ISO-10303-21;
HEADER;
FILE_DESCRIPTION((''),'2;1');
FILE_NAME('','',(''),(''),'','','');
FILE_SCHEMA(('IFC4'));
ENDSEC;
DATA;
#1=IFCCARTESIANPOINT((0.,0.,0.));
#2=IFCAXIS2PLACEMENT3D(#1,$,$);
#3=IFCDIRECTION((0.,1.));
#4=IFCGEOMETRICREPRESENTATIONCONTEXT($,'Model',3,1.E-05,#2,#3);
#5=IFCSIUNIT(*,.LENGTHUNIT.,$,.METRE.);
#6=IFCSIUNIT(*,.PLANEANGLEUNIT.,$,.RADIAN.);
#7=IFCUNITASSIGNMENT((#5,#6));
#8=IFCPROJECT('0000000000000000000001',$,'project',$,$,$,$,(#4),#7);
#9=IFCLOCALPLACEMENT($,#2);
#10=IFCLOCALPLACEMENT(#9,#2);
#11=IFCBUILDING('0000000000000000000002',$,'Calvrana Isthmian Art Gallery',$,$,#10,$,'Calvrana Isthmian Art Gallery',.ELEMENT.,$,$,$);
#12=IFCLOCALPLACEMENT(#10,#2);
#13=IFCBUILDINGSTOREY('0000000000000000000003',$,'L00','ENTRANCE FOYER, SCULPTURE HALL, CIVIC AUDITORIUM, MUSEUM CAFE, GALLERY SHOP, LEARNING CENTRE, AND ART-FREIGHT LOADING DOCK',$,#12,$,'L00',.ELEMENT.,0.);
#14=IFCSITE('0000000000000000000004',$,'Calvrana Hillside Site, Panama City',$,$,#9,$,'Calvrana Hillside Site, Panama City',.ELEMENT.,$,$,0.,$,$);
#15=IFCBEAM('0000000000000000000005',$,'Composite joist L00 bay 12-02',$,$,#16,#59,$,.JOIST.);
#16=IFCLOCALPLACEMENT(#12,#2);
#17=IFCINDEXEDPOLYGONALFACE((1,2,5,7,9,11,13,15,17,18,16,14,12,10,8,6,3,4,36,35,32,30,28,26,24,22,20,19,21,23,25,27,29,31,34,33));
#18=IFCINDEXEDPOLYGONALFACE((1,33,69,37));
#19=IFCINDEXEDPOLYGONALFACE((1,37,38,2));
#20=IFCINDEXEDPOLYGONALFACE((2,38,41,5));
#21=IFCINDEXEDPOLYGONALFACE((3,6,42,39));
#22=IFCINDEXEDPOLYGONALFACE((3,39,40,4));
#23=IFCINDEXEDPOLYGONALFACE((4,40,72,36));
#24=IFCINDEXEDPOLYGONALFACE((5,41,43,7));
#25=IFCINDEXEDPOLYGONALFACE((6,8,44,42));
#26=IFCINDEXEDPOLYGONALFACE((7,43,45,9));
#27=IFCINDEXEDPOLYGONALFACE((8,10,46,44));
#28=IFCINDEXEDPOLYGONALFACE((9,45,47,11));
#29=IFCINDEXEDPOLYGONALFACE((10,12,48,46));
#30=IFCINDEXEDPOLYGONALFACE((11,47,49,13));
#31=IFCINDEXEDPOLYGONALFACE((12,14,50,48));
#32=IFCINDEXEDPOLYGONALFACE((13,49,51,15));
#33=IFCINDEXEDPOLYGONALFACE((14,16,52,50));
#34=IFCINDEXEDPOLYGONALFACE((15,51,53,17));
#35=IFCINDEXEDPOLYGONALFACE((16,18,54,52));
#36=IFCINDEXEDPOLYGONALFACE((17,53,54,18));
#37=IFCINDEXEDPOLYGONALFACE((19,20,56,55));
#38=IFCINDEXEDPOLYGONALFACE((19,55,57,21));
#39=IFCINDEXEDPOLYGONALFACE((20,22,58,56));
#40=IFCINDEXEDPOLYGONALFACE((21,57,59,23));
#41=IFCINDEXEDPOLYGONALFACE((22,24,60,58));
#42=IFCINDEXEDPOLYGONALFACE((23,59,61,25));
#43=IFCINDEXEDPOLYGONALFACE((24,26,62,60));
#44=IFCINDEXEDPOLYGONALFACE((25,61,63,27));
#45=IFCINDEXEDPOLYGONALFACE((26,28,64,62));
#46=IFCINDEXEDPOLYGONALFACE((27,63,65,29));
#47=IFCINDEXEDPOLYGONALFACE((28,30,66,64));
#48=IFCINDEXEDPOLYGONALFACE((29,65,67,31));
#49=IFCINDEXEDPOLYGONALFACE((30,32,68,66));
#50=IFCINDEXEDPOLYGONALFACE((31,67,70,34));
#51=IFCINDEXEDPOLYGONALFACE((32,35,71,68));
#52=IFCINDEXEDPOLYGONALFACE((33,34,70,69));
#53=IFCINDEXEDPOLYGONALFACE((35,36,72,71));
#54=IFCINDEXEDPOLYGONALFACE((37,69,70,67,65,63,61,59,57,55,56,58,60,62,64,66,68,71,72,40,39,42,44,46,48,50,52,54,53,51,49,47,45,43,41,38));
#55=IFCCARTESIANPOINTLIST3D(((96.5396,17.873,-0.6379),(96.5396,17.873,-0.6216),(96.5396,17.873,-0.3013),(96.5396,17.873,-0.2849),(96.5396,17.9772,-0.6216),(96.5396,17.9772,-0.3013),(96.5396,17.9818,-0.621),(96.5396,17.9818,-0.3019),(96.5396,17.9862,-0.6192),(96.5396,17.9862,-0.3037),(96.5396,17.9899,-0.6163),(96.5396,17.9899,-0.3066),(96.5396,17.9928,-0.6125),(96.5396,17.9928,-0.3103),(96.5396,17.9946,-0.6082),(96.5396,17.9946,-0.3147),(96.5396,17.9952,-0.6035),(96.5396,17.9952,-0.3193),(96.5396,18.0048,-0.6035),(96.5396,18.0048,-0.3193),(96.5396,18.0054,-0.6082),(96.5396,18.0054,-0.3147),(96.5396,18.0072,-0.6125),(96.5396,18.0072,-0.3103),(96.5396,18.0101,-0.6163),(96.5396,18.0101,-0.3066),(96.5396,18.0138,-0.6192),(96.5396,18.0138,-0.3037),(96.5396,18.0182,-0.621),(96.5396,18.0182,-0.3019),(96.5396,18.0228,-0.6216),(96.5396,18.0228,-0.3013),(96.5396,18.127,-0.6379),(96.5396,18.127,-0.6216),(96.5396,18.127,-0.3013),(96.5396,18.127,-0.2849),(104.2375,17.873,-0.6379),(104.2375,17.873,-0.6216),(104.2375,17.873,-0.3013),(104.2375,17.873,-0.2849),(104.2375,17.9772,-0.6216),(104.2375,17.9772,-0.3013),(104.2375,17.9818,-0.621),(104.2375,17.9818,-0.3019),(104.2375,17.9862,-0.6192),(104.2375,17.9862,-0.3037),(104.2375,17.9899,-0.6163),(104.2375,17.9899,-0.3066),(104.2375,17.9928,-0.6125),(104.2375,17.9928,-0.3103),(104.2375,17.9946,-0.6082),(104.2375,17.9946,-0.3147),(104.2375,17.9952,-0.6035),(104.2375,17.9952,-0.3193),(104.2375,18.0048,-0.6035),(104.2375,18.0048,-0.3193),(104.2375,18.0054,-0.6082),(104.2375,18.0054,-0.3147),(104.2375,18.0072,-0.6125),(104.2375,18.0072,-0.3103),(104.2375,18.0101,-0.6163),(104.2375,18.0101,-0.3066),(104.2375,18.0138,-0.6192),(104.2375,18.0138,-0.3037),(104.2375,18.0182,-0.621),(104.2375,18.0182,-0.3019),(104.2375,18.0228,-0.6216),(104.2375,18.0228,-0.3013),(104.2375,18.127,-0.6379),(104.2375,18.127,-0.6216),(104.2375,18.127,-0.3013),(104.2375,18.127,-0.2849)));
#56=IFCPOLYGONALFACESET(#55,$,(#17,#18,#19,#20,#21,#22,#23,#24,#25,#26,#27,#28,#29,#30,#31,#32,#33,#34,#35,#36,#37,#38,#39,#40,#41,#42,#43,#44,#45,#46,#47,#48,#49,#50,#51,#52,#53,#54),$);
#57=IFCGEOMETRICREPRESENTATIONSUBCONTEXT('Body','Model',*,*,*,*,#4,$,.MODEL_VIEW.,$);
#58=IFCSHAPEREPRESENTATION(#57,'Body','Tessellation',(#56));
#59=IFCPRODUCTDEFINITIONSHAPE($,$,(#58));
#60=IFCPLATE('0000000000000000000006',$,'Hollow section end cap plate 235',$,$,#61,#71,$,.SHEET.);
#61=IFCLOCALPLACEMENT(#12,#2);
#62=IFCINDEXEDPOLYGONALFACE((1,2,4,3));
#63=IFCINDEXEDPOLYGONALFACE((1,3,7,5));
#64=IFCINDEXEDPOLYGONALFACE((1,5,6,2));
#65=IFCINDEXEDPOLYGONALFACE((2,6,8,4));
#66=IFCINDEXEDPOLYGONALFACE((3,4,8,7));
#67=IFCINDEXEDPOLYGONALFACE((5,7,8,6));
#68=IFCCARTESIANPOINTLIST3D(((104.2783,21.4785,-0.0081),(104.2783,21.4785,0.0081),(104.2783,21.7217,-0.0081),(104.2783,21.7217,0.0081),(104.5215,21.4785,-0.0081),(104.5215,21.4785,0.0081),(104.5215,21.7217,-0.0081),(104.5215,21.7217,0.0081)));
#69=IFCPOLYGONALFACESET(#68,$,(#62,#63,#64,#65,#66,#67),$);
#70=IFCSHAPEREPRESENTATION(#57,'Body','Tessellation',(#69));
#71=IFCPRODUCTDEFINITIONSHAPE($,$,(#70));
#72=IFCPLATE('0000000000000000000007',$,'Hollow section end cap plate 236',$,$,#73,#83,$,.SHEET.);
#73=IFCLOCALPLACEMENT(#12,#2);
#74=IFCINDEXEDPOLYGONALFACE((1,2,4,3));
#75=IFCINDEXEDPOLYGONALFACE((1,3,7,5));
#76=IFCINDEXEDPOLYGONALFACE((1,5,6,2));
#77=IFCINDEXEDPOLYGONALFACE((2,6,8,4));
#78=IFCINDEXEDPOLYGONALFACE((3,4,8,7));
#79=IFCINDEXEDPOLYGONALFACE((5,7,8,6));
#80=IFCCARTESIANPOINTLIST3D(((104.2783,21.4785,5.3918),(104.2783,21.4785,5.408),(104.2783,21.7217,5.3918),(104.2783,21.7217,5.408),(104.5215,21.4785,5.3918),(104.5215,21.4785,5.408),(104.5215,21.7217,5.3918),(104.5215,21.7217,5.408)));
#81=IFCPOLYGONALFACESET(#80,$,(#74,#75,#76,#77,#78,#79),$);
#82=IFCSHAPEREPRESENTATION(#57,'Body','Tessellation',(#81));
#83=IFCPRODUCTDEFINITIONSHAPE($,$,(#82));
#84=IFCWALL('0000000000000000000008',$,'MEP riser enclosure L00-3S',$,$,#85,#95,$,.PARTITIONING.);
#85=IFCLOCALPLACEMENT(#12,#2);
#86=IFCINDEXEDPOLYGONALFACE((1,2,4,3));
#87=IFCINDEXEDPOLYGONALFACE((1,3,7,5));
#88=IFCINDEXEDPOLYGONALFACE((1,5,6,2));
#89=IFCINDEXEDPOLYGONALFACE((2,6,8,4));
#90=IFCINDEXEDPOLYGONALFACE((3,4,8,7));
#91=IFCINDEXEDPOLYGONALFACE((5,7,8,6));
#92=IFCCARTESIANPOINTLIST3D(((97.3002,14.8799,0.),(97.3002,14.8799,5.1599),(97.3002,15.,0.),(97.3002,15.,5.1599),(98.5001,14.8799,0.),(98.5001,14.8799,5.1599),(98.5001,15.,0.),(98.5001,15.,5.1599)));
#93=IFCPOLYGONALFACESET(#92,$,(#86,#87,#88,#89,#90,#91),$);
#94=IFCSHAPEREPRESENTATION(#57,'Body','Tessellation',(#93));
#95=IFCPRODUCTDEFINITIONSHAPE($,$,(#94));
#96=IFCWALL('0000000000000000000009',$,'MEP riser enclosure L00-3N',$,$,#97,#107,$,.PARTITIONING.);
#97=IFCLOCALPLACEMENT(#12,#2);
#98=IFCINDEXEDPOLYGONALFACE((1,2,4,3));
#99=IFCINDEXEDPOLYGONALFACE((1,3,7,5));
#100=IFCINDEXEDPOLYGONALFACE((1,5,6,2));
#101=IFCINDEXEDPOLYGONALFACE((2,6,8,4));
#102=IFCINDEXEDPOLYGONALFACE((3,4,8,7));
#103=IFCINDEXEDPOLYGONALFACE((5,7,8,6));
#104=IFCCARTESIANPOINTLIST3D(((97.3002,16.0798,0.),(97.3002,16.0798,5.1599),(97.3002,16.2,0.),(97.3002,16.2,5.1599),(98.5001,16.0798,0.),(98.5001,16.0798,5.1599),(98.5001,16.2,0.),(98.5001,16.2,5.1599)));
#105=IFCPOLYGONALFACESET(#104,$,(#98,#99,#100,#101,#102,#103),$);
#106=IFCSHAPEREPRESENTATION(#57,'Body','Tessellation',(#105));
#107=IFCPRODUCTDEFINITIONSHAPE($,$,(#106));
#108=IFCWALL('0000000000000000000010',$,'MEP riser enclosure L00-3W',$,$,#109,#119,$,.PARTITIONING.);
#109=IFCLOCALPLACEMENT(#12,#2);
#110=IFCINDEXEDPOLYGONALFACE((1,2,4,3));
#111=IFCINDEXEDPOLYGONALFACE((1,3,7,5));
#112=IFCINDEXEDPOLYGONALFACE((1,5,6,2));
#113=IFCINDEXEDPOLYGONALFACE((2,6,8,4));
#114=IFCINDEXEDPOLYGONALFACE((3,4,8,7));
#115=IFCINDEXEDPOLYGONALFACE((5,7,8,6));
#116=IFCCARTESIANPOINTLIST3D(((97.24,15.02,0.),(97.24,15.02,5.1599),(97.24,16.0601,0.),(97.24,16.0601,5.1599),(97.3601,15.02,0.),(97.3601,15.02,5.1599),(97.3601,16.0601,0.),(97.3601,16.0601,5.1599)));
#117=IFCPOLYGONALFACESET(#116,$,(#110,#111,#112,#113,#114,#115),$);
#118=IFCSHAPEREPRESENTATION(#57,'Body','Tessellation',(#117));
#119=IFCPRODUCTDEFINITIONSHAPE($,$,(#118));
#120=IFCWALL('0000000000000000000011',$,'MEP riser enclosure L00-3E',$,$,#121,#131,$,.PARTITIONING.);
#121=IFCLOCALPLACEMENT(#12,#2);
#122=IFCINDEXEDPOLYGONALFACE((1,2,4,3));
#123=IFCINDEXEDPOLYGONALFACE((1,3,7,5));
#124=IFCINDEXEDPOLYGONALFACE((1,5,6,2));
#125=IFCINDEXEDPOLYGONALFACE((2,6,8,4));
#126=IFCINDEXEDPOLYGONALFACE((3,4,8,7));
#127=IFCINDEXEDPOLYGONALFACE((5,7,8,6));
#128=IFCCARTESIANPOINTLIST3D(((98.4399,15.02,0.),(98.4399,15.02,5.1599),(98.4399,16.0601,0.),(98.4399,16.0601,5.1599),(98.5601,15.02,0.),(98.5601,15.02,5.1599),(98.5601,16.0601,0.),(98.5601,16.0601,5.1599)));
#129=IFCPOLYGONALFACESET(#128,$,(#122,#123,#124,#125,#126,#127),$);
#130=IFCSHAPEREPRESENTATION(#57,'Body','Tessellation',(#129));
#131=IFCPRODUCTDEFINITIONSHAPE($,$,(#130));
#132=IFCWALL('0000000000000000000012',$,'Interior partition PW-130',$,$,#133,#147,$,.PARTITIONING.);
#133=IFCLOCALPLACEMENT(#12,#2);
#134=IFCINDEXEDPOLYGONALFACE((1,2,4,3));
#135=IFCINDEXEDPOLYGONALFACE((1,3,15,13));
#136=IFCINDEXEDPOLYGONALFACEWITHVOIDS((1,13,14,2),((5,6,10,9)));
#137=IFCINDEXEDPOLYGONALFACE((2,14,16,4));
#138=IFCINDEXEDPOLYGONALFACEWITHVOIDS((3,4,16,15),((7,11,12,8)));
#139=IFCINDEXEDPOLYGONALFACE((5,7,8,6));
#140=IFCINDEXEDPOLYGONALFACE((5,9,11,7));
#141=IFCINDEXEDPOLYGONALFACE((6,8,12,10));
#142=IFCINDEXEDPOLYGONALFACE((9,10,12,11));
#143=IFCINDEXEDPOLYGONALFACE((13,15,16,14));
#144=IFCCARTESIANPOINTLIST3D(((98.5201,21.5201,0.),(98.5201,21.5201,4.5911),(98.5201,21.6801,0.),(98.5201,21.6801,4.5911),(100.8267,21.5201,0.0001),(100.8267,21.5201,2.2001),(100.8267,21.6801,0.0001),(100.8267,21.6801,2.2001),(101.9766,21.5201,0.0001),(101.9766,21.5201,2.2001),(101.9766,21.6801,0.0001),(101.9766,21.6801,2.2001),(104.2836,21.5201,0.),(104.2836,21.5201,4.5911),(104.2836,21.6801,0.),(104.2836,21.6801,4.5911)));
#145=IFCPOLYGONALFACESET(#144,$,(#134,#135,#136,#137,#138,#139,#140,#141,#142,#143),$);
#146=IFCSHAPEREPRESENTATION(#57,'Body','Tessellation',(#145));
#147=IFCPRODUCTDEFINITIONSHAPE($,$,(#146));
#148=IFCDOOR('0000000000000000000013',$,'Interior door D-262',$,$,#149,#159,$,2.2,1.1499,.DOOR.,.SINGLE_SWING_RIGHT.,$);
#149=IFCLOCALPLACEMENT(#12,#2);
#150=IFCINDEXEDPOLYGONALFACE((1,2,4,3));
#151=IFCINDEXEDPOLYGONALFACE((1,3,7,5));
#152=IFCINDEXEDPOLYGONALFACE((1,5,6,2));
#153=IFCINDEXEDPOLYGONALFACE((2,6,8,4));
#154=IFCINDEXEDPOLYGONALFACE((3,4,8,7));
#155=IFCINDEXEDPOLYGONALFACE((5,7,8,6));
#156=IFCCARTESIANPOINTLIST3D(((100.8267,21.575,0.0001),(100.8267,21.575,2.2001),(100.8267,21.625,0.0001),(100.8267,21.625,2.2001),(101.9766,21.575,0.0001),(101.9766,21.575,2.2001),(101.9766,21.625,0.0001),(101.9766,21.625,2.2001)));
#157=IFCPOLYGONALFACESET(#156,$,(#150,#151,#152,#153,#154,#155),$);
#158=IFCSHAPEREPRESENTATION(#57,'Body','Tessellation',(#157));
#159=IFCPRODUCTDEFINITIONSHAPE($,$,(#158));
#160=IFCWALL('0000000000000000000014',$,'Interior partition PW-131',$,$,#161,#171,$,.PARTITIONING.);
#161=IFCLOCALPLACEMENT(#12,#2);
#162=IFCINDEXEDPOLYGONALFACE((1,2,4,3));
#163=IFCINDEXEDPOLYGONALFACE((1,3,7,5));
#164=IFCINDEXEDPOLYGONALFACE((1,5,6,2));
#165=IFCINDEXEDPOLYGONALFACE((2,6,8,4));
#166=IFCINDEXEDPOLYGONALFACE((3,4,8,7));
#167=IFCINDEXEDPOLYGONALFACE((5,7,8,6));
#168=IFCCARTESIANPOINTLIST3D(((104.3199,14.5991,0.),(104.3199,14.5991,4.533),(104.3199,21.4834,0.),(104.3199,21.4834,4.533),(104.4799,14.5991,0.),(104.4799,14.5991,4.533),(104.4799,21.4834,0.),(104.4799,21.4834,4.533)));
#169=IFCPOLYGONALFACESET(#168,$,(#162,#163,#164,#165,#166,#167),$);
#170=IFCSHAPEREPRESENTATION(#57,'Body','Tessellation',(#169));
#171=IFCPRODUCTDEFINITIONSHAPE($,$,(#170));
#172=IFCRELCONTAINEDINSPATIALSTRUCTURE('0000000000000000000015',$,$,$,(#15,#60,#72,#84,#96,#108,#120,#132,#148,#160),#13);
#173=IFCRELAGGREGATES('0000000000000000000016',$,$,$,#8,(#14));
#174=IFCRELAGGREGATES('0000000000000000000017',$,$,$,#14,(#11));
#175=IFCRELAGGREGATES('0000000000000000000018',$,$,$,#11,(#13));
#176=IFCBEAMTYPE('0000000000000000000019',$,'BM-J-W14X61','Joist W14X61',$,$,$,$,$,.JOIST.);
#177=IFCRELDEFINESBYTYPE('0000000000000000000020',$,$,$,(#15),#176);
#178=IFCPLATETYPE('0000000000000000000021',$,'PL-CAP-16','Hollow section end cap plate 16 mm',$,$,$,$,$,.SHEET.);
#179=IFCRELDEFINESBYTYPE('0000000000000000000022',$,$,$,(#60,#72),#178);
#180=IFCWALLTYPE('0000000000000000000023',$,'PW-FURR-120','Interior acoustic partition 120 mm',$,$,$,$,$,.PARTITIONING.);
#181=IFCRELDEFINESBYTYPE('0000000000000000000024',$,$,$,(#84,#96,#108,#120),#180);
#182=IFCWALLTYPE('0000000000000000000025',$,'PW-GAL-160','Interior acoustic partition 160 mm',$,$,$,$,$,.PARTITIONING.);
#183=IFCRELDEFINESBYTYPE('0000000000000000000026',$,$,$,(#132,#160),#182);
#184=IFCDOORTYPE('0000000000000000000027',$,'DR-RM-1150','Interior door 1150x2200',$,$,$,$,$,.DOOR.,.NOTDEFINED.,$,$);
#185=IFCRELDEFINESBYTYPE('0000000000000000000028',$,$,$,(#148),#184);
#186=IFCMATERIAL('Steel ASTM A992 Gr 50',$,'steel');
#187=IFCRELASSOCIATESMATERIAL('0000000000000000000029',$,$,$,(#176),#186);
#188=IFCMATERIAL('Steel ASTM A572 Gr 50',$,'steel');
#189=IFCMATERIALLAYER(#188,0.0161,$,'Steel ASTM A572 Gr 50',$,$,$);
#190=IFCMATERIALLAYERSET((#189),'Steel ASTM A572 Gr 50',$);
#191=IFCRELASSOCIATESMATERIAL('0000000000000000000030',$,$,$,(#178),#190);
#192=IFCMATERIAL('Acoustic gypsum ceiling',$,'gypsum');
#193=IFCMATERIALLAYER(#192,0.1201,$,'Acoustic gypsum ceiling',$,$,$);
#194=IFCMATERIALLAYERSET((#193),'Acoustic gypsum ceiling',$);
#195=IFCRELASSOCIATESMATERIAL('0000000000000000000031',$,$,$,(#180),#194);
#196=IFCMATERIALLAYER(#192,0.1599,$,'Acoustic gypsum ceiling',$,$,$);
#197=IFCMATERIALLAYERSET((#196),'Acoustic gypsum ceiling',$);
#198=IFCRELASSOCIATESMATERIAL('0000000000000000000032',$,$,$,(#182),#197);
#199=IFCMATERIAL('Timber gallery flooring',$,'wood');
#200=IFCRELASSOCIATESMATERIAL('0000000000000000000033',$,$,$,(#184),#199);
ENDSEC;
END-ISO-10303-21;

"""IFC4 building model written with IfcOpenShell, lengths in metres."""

from ifc_helpers import new_model, si_unit, direction, frame, frame_2d, origin, origin_2d, place, context, subcontext, project, spatial, rectangle, i_section, extrude, material, layer, layer_set, material_profile, profile_set, type_object, element, fill, save


model = new_model("IFC4")

# Units and contexts
model_context = context("Model", 3, precision=1e-05, world=origin(), true_north=direction((0.0, 1.0)))
body_context = subcontext(model_context, "Body", "Model", "MODEL_VIEW")
ifc_project = project(units=[si_unit("LENGTHUNIT", "METRE"), si_unit("PLANEANGLEUNIT", "RADIAN")], contexts=[model_context])

# Site, building, storey
site_placement = place(None, origin())
site = spatial("IfcSite", under=ifc_project, at=site_placement, Name="Calvrana Hillside Site, Panama City", LongName="Calvrana Hillside Site, Panama City", CompositionType="ELEMENT", RefElevation=0.0)
building_placement = place(site_placement, origin())
building = spatial("IfcBuilding", under=site, at=building_placement, Name="Calvrana Isthmian Art Gallery", LongName="Calvrana Isthmian Art Gallery", CompositionType="ELEMENT")
storey_placement = place(building_placement, origin())
storey = spatial("IfcBuildingStorey", under=building, at=storey_placement, Name="L00", Description="ENTRANCE FOYER, SCULPTURE HALL, CIVIC AUDITORIUM, MUSEUM CAFE, GALLERY SHOP, LEARNING CENTRE, AND ART-FREIGHT LOADING DOCK", LongName="L00", CompositionType="ELEMENT", Elevation=0.0)

# Shared definitions
ifc_material_1 = material(Name="Steel ASTM A992 Gr 50", Category="steel")

# Beam
ifc_material_profile_1 = material_profile(ifc_material_1, i_section(OverallWidth=0.2539, OverallDepth=0.353, WebThickness=0.0095, FlangeThickness=0.0164, FilletRadius=0.0181, at=origin_2d()), Name="W14X61")
ifc_profile_set_1 = profile_set([ifc_material_profile_1], Name="Steel ASTM A992 Gr 50")
beam_type_1 = type_object("IfcBeamType", Name="BM-J-W14X61", Description="Joist W14X61", PredefinedType="JOIST", material=ifc_profile_set_1)
beam_1_placement = place(storey_placement, frame((96.5396, 18.0, -0.4614), z_axis=(1.0, 0.0, 0.0), x_axis=(0.0, 1.0, 0.0)))
element("IfcBeam", 1, at=beam_1_placement, inside=storey, type_object=beam_type_1, Name="Composite joist L00 bay 12-02", PredefinedType="JOIST", context=body_context, shape_type="SweptSolid", body=[
    extrude(i_section(OverallWidth=0.2539, OverallDepth=0.353, WebThickness=0.0095, FlangeThickness=0.0164, FilletRadius=0.0181, at=origin_2d()), origin(), (0.0, 0.0, 1.0), 7.698),
])

# Plates
ifc_material_2 = material(Name="Steel ASTM A572 Gr 50", Category="steel")
ifc_layer_1 = layer(ifc_material_2, 0.0161, Name="Steel ASTM A572 Gr 50")
ifc_layer_set_1 = layer_set([ifc_layer_1], Name="Steel ASTM A572 Gr 50")
plate_type = type_object("IfcPlateType", Name="PL-CAP-16", Description="Hollow section end cap plate 16 mm", PredefinedType="SHEET", material=ifc_layer_set_1)
for number, where, z_axis, x_axis, name in (
    (2, (104.3999, 21.6001, -0.0081), (0.0, 0.0, 1.0), (1.0, 0.0, 0.0), "Hollow section end cap plate 235"),
    (3, (104.3999, 21.6001, 5.3918), (0.0, 0.0, 1.0), (1.0, 0.0, 0.0), "Hollow section end cap plate 236"),
):
    element("IfcPlate", number, at=place(storey_placement, frame(where, z_axis=z_axis, x_axis=x_axis)), inside=storey, type_object=plate_type, Name=name, PredefinedType="SHEET", context=body_context, shape_type="SweptSolid", body=[
        extrude(rectangle(XDim=0.2432, YDim=0.2432, at=origin_2d()), origin(), (0.0, 0.0, 1.0), 0.0161),
    ])

# Walls
ifc_material_3 = material(Name="Acoustic gypsum ceiling", Category="gypsum")
ifc_layer_2 = layer(ifc_material_3, 0.1201, Name="Acoustic gypsum ceiling")
ifc_layer_set_2 = layer_set([ifc_layer_2], Name="Acoustic gypsum ceiling")
wall_type_1 = type_object("IfcWallType", Name="PW-FURR-120", Description="Interior acoustic partition 120 mm", PredefinedType="PARTITIONING", material=ifc_layer_set_2)
for number, where, z_axis, x_axis, name in (
    (4, (97.3, 14.9399, 0.0), (0.0, 0.0, 1.0), (1.0, 0.0, 0.0), "MEP riser enclosure L00-3S"),
    (5, (97.3, 16.1399, 0.0), (0.0, 0.0, 1.0), (1.0, 0.0, 0.0), "MEP riser enclosure L00-3N"),
):
    element("IfcWall", number, at=place(storey_placement, frame(where, z_axis=z_axis, x_axis=x_axis)), inside=storey, type_object=wall_type_1, Name=name, PredefinedType="PARTITIONING", context=body_context, shape_type="SweptSolid", body=[
        extrude(rectangle(XDim=1.2, YDim=0.1201, at=frame_2d((0.6001, 0.0))), origin(), (0.0, 0.0, 1.0), 5.1599),
    ])
for number, where, z_axis, x_axis, name in (
    (6, (97.3, 15.02, 0.0), (0.0, 0.0, 1.0), (0.0, 1.0, 0.0), "MEP riser enclosure L00-3W"),
    (7, (98.5, 15.02, 0.0), (0.0, 0.0, 1.0), (0.0, 1.0, 0.0), "MEP riser enclosure L00-3E"),
):
    element("IfcWall", number, at=place(storey_placement, frame(where, z_axis=z_axis, x_axis=x_axis)), inside=storey, type_object=wall_type_1, Name=name, PredefinedType="PARTITIONING", context=body_context, shape_type="SweptSolid", body=[
        extrude(rectangle(XDim=1.04, YDim=0.1201, at=frame_2d((0.52, 0.0))), origin(), (0.0, 0.0, 1.0), 5.1599),
    ])

# Wall, opening, door
ifc_layer_3 = layer(ifc_material_3, 0.1599, Name="Acoustic gypsum ceiling")
ifc_layer_set_3 = layer_set([ifc_layer_3], Name="Acoustic gypsum ceiling")
wall_type_2 = type_object("IfcWallType", Name="PW-GAL-160", Description="Interior acoustic partition 160 mm", PredefinedType="PARTITIONING", material=ifc_layer_set_3)
wall_1_placement = place(storey_placement, frame((98.52, 21.6001, 0.0), z_axis=(0.0, 0.0, 1.0), x_axis=(1.0, 0.0, 0.0)))
wall_1 = element("IfcWall", 8, at=wall_1_placement, inside=storey, type_object=wall_type_2, Name="Interior partition PW-130", PredefinedType="PARTITIONING", context=body_context, shape_type="SweptSolid", body=[
    extrude(rectangle(XDim=5.7634, YDim=0.1599, at=frame_2d((2.8818, 0.0))), origin(), (0.0, 0.0, 1.0), 4.5911),
])
opening_1_placement = place(wall_1_placement, frame((2.3066, 0.0, 0.0)))
opening_1 = element("IfcOpeningElement", 9, at=opening_1_placement, cuts=wall_1, PredefinedType="OPENING", context=body_context, shape_type="SweptSolid", body=[
    extrude(rectangle(XDim=1.1499, YDim=2.2, at=frame_2d((0.575, 1.1001))), frame((0.0, 0.0903, 0.0), z_axis=(0.0, -1.0, 0.0), x_axis=(1.0, 0.0, 0.0)), (0.0, 0.0, 1.0), 0.1804),
])
ifc_material_4 = material(Name="Timber gallery flooring", Category="wood")
door_type_1 = type_object("IfcDoorType", Name="DR-RM-1150", Description="Interior door 1150x2200", OperationType="NOTDEFINED", PredefinedType="DOOR", material=ifc_material_4)
door_1_placement = place(opening_1_placement, origin())
door_1 = element("IfcDoor", 10, at=door_1_placement, inside=storey, type_object=door_type_1, Name="Interior door D-262", OperationType="SINGLE_SWING_RIGHT", OverallHeight=2.2, OverallWidth=1.1499, PredefinedType="DOOR", context=body_context, shape_type="SweptSolid", body=[
    extrude(rectangle(XDim=1.1499, YDim=2.2, at=frame_2d((0.575, 1.1001))), frame((0.0, 0.0249, 0.0), z_axis=(0.0, -1.0, 0.0), x_axis=(1.0, 0.0, 0.0)), (0.0, 0.0, 1.0), 0.05),
])
fill(opening_1, door_1)

# Wall
wall_2_placement = place(storey_placement, frame((104.3999, 14.5991, 0.0), z_axis=(0.0, 0.0, 1.0), x_axis=(0.0, 1.0, 0.0)))
element("IfcWall", 11, at=wall_2_placement, inside=storey, type_object=wall_type_2, Name="Interior partition PW-131", PredefinedType="PARTITIONING", context=body_context, shape_type="SweptSolid", body=[
    extrude(rectangle(XDim=6.8843, YDim=0.1599, at=frame_2d((3.4421, 0.0))), origin(), (0.0, 0.0, 1.0), 4.533),
])

save(model, "model.ifc")
